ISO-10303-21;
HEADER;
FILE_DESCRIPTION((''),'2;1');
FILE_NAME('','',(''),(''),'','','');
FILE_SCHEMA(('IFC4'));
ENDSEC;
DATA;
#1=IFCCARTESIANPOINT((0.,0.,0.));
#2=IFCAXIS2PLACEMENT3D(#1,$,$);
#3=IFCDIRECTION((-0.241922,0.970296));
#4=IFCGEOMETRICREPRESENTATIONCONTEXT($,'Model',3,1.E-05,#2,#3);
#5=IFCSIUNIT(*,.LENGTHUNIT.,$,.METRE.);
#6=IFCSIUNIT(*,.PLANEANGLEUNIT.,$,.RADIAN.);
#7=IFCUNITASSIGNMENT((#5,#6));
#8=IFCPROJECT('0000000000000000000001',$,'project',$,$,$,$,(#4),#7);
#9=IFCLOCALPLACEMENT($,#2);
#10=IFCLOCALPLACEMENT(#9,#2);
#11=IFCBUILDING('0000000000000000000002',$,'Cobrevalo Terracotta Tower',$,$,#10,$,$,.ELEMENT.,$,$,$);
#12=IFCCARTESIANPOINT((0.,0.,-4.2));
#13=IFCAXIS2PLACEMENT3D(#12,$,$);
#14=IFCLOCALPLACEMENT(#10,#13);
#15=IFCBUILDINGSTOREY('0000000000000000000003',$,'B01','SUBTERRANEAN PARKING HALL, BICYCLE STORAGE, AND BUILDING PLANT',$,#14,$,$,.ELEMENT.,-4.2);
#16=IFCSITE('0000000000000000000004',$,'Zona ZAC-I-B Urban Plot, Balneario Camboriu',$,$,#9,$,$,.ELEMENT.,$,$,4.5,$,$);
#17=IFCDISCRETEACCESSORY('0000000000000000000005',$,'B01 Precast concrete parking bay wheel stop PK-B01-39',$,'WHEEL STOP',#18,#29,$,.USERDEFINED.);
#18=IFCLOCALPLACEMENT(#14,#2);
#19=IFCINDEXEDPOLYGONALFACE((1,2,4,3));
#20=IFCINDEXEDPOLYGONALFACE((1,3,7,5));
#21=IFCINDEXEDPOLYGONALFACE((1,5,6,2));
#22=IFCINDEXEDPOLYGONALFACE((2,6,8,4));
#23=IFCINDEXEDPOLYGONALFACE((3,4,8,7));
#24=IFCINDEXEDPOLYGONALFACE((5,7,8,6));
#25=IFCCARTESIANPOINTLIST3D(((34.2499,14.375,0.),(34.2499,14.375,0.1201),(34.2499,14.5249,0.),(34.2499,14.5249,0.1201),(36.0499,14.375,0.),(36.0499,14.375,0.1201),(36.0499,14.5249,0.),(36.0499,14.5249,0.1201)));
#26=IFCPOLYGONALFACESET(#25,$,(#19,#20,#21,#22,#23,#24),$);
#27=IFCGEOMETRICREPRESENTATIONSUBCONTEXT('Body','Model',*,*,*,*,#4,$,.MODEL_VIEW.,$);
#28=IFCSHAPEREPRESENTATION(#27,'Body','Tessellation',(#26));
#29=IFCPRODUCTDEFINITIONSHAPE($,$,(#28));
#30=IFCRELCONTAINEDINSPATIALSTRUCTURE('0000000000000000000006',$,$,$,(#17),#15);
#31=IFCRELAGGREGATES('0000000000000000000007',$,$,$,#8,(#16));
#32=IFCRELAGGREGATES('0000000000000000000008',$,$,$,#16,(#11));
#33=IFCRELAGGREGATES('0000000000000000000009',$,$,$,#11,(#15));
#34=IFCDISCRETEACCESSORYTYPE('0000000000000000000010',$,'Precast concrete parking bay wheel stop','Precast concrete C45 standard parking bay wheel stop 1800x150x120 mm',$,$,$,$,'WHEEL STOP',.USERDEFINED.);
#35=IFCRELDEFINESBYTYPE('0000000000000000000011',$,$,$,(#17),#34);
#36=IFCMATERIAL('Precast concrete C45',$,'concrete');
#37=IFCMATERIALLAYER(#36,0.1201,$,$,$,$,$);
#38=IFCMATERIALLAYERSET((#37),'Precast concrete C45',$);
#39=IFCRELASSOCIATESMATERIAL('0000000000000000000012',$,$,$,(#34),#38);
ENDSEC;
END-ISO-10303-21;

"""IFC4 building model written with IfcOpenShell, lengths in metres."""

from ifc_helpers import new_model, si_unit, direction, frame, origin, origin_2d, place, context, subcontext, project, spatial, rectangle, extrude, source, transform, mapped, material, layer, layer_set, type_object, element, save


model = new_model("IFC4")

# Units and contexts
model_context = context("Model", 3, precision=1e-05, world=origin(), true_north=direction((-0.241922, 0.970296)))
body_context = subcontext(model_context, "Body", "Model", "MODEL_VIEW")
ifc_project = project(units=[si_unit("LENGTHUNIT", "METRE"), si_unit("PLANEANGLEUNIT", "RADIAN")], contexts=[model_context])

# Site, building, storey
site_placement = place(None, origin())
site = spatial("IfcSite", under=ifc_project, at=site_placement, Name="Zona ZAC-I-B Urban Plot, Balneario Camboriu", CompositionType="ELEMENT", RefElevation=4.5)
building_placement = place(site_placement, origin())
building = spatial("IfcBuilding", under=site, at=building_placement, Name="Cobrevalo Terracotta Tower", CompositionType="ELEMENT")
storey_placement = place(building_placement, frame((0.0, 0.0, -4.2)))
storey = spatial("IfcBuildingStorey", under=building, at=storey_placement, Name="B01", Description="SUBTERRANEAN PARKING HALL, BICYCLE STORAGE, AND BUILDING PLANT", CompositionType="ELEMENT", Elevation=-4.2)

# Discrete accessory
ifc_material_1 = material(Name="Precast concrete C45", Category="concrete")
ifc_layer_1 = layer(ifc_material_1, 0.1201)
ifc_layer_set_1 = layer_set([ifc_layer_1], Name="Precast concrete C45")
discrete_accessory_type = type_object("IfcDiscreteAccessoryType", Name="Precast concrete parking bay wheel stop", Description="Precast concrete C45 standard parking bay wheel stop 1800x150x120 mm", ElementType="WHEEL STOP", PredefinedType="USERDEFINED", material=ifc_layer_set_1)
shared_shape_1 = source(origin(), body_context, "Body", "SweptSolid", [
    extrude(rectangle(XDim=1.8, YDim=0.1499, at=origin_2d()), origin(), (0.0, 0.0, 1.0), 0.1201),
])
for number, where, z_axis, x_axis, name in (
    (1, (35.1499, 14.45, 0.0), (0.0, 0.0, 1.0), (1.0, 0.0, 0.0), "B01 Precast concrete parking bay wheel stop PK-B01-39"),
):
    element("IfcDiscreteAccessory", number, at=place(storey_placement, frame(where, z_axis=z_axis, x_axis=x_axis)), inside=storey, type_object=discrete_accessory_type, Name=name, ObjectType="WHEEL STOP", PredefinedType="USERDEFINED", context=body_context, shape_type="MappedRepresentation", body=[
        mapped(shared_shape_1, transform((0.0, 0.0, 0.0), scale=1.0)),
    ])

save(model, "model.ifc")
